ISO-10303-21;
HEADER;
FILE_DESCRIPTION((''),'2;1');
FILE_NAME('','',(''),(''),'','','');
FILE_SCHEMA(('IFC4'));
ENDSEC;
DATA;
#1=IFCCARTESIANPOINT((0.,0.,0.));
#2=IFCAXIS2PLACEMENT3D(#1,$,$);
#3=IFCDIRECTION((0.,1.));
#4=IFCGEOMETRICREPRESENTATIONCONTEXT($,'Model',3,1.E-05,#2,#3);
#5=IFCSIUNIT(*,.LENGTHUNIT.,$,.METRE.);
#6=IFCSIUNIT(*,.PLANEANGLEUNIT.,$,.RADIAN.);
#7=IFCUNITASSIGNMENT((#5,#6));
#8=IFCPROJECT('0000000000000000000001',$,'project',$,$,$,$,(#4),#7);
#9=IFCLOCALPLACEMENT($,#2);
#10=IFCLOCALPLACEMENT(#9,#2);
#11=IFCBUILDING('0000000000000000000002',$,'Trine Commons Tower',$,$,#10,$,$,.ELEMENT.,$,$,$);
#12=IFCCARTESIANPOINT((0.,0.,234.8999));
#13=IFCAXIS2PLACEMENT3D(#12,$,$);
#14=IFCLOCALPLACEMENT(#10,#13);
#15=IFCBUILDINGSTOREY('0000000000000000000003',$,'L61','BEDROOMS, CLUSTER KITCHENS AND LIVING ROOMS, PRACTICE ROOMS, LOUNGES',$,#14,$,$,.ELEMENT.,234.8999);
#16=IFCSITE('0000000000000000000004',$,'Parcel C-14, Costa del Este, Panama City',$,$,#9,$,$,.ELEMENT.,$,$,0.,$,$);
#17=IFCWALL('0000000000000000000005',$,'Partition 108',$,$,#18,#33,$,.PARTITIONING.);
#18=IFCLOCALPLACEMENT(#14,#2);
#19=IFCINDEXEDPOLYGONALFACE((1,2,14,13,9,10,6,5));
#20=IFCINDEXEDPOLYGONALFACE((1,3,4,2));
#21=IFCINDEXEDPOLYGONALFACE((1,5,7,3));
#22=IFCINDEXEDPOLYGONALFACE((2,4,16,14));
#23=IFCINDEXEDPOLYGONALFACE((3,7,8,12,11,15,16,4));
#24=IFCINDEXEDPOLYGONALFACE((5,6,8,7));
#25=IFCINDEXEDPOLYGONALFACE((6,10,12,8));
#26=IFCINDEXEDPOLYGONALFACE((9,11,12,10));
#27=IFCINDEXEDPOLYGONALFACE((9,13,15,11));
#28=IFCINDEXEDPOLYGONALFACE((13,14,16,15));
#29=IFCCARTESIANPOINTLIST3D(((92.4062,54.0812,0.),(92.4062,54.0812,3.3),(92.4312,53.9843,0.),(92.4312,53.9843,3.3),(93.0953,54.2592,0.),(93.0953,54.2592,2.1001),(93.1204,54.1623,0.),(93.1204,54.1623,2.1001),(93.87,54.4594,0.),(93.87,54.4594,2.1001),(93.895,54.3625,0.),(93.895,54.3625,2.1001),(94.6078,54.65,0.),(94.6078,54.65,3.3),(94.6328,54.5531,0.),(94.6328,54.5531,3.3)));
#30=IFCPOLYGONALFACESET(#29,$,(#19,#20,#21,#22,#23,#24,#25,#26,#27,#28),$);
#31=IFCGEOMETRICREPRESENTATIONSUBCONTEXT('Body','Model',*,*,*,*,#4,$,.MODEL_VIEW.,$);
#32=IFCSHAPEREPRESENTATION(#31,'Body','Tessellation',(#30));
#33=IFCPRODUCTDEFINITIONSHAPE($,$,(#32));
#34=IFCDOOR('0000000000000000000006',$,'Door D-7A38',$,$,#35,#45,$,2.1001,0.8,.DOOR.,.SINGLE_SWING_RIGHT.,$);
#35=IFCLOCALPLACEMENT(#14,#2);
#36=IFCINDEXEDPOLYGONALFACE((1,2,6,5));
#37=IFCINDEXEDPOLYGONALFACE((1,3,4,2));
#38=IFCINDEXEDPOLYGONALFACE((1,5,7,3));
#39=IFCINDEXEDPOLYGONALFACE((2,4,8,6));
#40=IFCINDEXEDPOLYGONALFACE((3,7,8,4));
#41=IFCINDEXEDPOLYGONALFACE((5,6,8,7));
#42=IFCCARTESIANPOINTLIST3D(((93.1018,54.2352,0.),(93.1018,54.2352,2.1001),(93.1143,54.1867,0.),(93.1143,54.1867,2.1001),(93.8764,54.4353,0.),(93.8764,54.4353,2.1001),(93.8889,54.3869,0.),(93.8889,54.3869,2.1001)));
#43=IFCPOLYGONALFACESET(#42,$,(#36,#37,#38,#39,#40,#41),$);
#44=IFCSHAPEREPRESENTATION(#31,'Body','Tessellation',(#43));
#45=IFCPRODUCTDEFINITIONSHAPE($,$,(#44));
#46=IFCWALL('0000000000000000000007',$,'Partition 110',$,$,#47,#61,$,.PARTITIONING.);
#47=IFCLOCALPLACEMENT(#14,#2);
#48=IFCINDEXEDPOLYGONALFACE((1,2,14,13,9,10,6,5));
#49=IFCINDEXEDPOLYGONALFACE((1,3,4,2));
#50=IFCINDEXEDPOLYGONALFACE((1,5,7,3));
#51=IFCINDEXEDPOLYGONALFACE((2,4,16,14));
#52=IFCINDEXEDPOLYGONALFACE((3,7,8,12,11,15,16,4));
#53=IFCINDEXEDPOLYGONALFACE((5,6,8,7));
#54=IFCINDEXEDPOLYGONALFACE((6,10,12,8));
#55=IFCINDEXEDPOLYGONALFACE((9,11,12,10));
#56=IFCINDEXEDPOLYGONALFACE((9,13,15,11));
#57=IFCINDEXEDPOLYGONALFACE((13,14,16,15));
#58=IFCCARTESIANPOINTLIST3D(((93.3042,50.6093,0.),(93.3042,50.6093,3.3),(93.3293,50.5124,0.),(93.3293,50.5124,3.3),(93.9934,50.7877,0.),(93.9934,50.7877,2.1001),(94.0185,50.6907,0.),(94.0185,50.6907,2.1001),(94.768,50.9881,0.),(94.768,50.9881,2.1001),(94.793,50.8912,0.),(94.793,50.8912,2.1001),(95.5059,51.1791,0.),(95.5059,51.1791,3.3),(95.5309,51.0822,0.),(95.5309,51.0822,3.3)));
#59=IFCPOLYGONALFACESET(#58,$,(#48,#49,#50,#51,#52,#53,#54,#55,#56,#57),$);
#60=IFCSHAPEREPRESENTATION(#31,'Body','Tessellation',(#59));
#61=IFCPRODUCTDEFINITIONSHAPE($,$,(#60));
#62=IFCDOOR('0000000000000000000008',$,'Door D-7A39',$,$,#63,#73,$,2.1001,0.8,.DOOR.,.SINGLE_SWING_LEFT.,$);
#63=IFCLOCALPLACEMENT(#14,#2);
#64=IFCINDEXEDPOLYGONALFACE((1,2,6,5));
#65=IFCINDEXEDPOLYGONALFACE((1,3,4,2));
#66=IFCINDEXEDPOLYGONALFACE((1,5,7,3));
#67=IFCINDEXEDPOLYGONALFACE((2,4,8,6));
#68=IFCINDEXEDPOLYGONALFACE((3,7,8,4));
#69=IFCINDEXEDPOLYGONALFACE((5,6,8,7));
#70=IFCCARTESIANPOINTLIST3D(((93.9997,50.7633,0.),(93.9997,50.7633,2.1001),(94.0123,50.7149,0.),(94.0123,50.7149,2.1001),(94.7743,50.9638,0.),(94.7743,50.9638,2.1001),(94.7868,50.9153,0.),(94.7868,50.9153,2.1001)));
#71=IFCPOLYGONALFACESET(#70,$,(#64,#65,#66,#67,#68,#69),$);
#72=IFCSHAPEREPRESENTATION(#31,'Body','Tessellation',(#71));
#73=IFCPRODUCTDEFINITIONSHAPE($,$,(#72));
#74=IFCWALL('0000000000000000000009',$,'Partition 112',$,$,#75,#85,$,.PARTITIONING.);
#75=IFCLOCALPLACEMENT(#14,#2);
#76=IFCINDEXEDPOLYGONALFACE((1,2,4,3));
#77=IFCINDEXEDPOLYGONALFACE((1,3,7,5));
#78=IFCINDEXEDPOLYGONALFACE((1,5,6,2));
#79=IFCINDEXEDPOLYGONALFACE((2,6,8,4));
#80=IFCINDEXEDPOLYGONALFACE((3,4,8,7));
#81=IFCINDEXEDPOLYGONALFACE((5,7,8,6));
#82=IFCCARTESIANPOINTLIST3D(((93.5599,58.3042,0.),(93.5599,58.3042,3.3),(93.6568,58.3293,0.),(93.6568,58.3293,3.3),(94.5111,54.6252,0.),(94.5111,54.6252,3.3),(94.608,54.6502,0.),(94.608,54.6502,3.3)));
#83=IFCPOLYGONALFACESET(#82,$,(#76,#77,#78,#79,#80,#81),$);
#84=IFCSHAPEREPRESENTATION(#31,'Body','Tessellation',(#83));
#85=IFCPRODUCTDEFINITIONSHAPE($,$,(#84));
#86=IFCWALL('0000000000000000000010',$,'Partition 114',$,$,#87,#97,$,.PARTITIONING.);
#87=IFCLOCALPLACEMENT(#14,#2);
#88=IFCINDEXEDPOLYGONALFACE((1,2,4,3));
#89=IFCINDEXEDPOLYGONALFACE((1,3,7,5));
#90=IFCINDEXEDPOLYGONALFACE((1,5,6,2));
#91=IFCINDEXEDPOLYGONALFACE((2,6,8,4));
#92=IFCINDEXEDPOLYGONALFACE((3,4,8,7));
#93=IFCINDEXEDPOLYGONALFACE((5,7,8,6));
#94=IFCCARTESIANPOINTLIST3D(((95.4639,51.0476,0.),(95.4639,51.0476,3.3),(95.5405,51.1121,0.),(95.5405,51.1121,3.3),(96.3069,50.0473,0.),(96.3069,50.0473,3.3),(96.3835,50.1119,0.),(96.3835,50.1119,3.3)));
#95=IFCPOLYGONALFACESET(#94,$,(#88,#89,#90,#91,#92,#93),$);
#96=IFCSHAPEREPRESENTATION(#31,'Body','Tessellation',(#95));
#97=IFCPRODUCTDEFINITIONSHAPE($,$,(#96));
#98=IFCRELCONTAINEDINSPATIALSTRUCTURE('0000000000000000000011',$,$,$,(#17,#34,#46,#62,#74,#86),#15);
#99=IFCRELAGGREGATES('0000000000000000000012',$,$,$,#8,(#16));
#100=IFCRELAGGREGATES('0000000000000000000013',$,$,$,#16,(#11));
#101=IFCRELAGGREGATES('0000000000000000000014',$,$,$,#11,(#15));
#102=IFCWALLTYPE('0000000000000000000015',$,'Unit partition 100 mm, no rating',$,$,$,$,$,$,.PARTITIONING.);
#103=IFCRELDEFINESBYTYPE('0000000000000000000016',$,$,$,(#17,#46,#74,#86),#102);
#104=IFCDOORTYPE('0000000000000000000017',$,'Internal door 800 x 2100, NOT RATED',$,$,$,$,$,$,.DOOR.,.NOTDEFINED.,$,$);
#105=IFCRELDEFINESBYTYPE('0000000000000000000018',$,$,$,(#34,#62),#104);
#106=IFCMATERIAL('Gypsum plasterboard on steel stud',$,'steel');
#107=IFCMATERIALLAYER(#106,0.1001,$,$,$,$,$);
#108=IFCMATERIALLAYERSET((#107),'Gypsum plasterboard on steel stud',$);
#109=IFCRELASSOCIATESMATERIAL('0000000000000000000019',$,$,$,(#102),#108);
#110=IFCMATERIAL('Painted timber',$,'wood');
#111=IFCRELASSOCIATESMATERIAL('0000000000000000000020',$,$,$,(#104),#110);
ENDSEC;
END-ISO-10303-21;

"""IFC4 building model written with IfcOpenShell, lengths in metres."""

from ifc_helpers import new_model, si_unit, direction, frame, frame_2d, origin, place, context, subcontext, project, spatial, rectangle, extrude, material, layer, layer_set, type_object, element, fill, save


model = new_model("IFC4")

# Units and contexts
model_context = context("Model", 3, precision=1e-05, world=origin(), true_north=direction((0.0, 1.0)))
body_context = subcontext(model_context, "Body", "Model", "MODEL_VIEW")
ifc_project = project(units=[si_unit("LENGTHUNIT", "METRE"), si_unit("PLANEANGLEUNIT", "RADIAN")], contexts=[model_context])

# Site, building, storey
site_placement = place(None, origin())
site = spatial("IfcSite", under=ifc_project, at=site_placement, Name="Parcel C-14, Costa del Este, Panama City", CompositionType="ELEMENT", RefElevation=0.0)
building_placement = place(site_placement, origin())
building = spatial("IfcBuilding", under=site, at=building_placement, Name="Trine Commons Tower", CompositionType="ELEMENT")
storey_placement = place(building_placement, frame((0.0, 0.0, 234.8999)))
storey = spatial("IfcBuildingStorey", under=building, at=storey_placement, Name="L61", Description="BEDROOMS, CLUSTER KITCHENS AND LIVING ROOMS, PRACTICE ROOMS, LOUNGES", CompositionType="ELEMENT", Elevation=234.8999)

# Shared definitions
ifc_material_1 = material(Name="Gypsum plasterboard on steel stud", Category="steel")

# Walls, openings, doors
ifc_layer_1 = layer(ifc_material_1, 0.1001)
ifc_layer_set_1 = layer_set([ifc_layer_1], Name="Gypsum plasterboard on steel stud")
wall_type_1 = type_object("IfcWallType", Name="Unit partition 100 mm, no rating", PredefinedType="PARTITIONING", material=ifc_layer_set_1)
ifc_material_2 = material(Name="Painted timber", Category="wood")
door_type_1 = type_object("IfcDoorType", Name="Internal door 800 x 2100, NOT RATED", OperationType="NOTDEFINED", PredefinedType="DOOR", material=ifc_material_2)
wall_1_placement = place(storey_placement, frame((92.4187, 54.0327, 0.0), z_axis=(0.0, 0.0, 1.0), x_axis=(0.968205, 0.250157, 0.0)))
wall_1 = element("IfcWall", 1, at=wall_1_placement, inside=storey, type_object=wall_type_1, Name="Partition 108", PredefinedType="PARTITIONING", context=body_context, shape_type="SweptSolid", body=[
    extrude(rectangle(XDim=2.2739, YDim=0.1001, at=frame_2d((1.137, 0.0))), origin(), (0.0, 0.0, 1.0), 3.3),
])
opening_1_placement = place(wall_1_placement, frame((0.7119, 0.0, 0.0)))
opening_1 = element("IfcOpeningElement", 2, at=opening_1_placement, cuts=wall_1, PredefinedType="OPENING", context=body_context, shape_type="SweptSolid", body=[
    extrude(rectangle(XDim=0.8, YDim=2.1001, at=frame_2d((0.3999, 1.05))), frame((0.0, 0.0601, 0.0), z_axis=(0.0, -1.0, 0.0), x_axis=(1.0, 0.0, 0.0)), (0.0, 0.0, 1.0), 0.1201),
])
door_1_placement = place(opening_1_placement, frame((0.8, 0.0, 0.0), z_axis=(0.0, 0.0, 1.0), x_axis=(-1.0, 0.0, 0.0)))
door_1 = element("IfcDoor", 3, at=door_1_placement, inside=storey, type_object=door_type_1, Name="Door D-7A38", OperationType="SINGLE_SWING_RIGHT", OverallHeight=2.1001, OverallWidth=0.8, PredefinedType="DOOR", context=body_context, shape_type="SweptSolid", body=[
    extrude(rectangle(XDim=0.8, YDim=2.1001, at=frame_2d((0.3999, 1.05))), frame((0.0, 0.0249, 0.0), z_axis=(0.0, -1.0, 0.0), x_axis=(1.0, 0.0, 0.0)), (0.0, 0.0, 1.0), 0.05),
])
fill(opening_1, door_1)
wall_2_placement = place(storey_placement, frame((93.3167, 50.5608, 0.0), z_axis=(0.0, 0.0, 1.0), x_axis=(0.968101, 0.25056, 0.0)))
wall_2 = element("IfcWall", 4, at=wall_2_placement, inside=storey, type_object=wall_type_1, Name="Partition 110", PredefinedType="PARTITIONING", context=body_context, shape_type="SweptSolid", body=[
    extrude(rectangle(XDim=2.2742, YDim=0.1001, at=frame_2d((1.1372, 0.0))), origin(), (0.0, 0.0, 1.0), 3.3),
])
opening_2_placement = place(wall_2_placement, frame((0.7122, 0.0, 0.0)))
opening_2 = element("IfcOpeningElement", 5, at=opening_2_placement, cuts=wall_2, PredefinedType="OPENING", context=body_context, shape_type="SweptSolid", body=[
    extrude(rectangle(XDim=0.8, YDim=2.1001, at=frame_2d((0.3999, 1.05))), frame((0.0, 0.0601, 0.0), z_axis=(0.0, -1.0, 0.0), x_axis=(1.0, 0.0, 0.0)), (0.0, 0.0, 1.0), 0.1201),
])
door_2_placement = place(opening_2_placement, origin())
door_2 = element("IfcDoor", 6, at=door_2_placement, inside=storey, type_object=door_type_1, Name="Door D-7A39", OperationType="SINGLE_SWING_LEFT", OverallHeight=2.1001, OverallWidth=0.8, PredefinedType="DOOR", context=body_context, shape_type="SweptSolid", body=[
    extrude(rectangle(XDim=0.8, YDim=2.1001, at=frame_2d((0.3999, 1.05))), frame((0.0, 0.0249, 0.0), z_axis=(0.0, -1.0, 0.0), x_axis=(1.0, 0.0, 0.0)), (0.0, 0.0, 1.0), 0.05),
])
fill(opening_2, door_2)

# Walls
wall_3_placement = place(storey_placement, frame((93.6084, 58.3167, 0.0), z_axis=(0.0, 0.0, 1.0), x_axis=(0.250298, -0.968169, 0.0)))
element("IfcWall", 7, at=wall_3_placement, inside=storey, type_object=wall_type_1, Name="Partition 112", PredefinedType="PARTITIONING", context=body_context, shape_type="SweptSolid", body=[
    extrude(rectangle(XDim=3.8, YDim=0.1001, at=frame_2d((1.8999, 0.0))), origin(), (0.0, 0.0, 1.0), 3.3),
])
wall_4_placement = place(storey_placement, frame((95.5022, 51.0798, 0.0), z_axis=(0.0, 0.0, 1.0), x_axis=(0.644452, -0.764645, 0.0)))
element("IfcWall", 8, at=wall_4_placement, inside=storey, type_object=wall_type_1, Name="Partition 114", PredefinedType="PARTITIONING", context=body_context, shape_type="SweptSolid", body=[
    extrude(rectangle(XDim=1.3081, YDim=0.1001, at=frame_2d((0.6541, 0.0))), origin(), (0.0, 0.0, 1.0), 3.3),
])

save(model, "model.ifc")
